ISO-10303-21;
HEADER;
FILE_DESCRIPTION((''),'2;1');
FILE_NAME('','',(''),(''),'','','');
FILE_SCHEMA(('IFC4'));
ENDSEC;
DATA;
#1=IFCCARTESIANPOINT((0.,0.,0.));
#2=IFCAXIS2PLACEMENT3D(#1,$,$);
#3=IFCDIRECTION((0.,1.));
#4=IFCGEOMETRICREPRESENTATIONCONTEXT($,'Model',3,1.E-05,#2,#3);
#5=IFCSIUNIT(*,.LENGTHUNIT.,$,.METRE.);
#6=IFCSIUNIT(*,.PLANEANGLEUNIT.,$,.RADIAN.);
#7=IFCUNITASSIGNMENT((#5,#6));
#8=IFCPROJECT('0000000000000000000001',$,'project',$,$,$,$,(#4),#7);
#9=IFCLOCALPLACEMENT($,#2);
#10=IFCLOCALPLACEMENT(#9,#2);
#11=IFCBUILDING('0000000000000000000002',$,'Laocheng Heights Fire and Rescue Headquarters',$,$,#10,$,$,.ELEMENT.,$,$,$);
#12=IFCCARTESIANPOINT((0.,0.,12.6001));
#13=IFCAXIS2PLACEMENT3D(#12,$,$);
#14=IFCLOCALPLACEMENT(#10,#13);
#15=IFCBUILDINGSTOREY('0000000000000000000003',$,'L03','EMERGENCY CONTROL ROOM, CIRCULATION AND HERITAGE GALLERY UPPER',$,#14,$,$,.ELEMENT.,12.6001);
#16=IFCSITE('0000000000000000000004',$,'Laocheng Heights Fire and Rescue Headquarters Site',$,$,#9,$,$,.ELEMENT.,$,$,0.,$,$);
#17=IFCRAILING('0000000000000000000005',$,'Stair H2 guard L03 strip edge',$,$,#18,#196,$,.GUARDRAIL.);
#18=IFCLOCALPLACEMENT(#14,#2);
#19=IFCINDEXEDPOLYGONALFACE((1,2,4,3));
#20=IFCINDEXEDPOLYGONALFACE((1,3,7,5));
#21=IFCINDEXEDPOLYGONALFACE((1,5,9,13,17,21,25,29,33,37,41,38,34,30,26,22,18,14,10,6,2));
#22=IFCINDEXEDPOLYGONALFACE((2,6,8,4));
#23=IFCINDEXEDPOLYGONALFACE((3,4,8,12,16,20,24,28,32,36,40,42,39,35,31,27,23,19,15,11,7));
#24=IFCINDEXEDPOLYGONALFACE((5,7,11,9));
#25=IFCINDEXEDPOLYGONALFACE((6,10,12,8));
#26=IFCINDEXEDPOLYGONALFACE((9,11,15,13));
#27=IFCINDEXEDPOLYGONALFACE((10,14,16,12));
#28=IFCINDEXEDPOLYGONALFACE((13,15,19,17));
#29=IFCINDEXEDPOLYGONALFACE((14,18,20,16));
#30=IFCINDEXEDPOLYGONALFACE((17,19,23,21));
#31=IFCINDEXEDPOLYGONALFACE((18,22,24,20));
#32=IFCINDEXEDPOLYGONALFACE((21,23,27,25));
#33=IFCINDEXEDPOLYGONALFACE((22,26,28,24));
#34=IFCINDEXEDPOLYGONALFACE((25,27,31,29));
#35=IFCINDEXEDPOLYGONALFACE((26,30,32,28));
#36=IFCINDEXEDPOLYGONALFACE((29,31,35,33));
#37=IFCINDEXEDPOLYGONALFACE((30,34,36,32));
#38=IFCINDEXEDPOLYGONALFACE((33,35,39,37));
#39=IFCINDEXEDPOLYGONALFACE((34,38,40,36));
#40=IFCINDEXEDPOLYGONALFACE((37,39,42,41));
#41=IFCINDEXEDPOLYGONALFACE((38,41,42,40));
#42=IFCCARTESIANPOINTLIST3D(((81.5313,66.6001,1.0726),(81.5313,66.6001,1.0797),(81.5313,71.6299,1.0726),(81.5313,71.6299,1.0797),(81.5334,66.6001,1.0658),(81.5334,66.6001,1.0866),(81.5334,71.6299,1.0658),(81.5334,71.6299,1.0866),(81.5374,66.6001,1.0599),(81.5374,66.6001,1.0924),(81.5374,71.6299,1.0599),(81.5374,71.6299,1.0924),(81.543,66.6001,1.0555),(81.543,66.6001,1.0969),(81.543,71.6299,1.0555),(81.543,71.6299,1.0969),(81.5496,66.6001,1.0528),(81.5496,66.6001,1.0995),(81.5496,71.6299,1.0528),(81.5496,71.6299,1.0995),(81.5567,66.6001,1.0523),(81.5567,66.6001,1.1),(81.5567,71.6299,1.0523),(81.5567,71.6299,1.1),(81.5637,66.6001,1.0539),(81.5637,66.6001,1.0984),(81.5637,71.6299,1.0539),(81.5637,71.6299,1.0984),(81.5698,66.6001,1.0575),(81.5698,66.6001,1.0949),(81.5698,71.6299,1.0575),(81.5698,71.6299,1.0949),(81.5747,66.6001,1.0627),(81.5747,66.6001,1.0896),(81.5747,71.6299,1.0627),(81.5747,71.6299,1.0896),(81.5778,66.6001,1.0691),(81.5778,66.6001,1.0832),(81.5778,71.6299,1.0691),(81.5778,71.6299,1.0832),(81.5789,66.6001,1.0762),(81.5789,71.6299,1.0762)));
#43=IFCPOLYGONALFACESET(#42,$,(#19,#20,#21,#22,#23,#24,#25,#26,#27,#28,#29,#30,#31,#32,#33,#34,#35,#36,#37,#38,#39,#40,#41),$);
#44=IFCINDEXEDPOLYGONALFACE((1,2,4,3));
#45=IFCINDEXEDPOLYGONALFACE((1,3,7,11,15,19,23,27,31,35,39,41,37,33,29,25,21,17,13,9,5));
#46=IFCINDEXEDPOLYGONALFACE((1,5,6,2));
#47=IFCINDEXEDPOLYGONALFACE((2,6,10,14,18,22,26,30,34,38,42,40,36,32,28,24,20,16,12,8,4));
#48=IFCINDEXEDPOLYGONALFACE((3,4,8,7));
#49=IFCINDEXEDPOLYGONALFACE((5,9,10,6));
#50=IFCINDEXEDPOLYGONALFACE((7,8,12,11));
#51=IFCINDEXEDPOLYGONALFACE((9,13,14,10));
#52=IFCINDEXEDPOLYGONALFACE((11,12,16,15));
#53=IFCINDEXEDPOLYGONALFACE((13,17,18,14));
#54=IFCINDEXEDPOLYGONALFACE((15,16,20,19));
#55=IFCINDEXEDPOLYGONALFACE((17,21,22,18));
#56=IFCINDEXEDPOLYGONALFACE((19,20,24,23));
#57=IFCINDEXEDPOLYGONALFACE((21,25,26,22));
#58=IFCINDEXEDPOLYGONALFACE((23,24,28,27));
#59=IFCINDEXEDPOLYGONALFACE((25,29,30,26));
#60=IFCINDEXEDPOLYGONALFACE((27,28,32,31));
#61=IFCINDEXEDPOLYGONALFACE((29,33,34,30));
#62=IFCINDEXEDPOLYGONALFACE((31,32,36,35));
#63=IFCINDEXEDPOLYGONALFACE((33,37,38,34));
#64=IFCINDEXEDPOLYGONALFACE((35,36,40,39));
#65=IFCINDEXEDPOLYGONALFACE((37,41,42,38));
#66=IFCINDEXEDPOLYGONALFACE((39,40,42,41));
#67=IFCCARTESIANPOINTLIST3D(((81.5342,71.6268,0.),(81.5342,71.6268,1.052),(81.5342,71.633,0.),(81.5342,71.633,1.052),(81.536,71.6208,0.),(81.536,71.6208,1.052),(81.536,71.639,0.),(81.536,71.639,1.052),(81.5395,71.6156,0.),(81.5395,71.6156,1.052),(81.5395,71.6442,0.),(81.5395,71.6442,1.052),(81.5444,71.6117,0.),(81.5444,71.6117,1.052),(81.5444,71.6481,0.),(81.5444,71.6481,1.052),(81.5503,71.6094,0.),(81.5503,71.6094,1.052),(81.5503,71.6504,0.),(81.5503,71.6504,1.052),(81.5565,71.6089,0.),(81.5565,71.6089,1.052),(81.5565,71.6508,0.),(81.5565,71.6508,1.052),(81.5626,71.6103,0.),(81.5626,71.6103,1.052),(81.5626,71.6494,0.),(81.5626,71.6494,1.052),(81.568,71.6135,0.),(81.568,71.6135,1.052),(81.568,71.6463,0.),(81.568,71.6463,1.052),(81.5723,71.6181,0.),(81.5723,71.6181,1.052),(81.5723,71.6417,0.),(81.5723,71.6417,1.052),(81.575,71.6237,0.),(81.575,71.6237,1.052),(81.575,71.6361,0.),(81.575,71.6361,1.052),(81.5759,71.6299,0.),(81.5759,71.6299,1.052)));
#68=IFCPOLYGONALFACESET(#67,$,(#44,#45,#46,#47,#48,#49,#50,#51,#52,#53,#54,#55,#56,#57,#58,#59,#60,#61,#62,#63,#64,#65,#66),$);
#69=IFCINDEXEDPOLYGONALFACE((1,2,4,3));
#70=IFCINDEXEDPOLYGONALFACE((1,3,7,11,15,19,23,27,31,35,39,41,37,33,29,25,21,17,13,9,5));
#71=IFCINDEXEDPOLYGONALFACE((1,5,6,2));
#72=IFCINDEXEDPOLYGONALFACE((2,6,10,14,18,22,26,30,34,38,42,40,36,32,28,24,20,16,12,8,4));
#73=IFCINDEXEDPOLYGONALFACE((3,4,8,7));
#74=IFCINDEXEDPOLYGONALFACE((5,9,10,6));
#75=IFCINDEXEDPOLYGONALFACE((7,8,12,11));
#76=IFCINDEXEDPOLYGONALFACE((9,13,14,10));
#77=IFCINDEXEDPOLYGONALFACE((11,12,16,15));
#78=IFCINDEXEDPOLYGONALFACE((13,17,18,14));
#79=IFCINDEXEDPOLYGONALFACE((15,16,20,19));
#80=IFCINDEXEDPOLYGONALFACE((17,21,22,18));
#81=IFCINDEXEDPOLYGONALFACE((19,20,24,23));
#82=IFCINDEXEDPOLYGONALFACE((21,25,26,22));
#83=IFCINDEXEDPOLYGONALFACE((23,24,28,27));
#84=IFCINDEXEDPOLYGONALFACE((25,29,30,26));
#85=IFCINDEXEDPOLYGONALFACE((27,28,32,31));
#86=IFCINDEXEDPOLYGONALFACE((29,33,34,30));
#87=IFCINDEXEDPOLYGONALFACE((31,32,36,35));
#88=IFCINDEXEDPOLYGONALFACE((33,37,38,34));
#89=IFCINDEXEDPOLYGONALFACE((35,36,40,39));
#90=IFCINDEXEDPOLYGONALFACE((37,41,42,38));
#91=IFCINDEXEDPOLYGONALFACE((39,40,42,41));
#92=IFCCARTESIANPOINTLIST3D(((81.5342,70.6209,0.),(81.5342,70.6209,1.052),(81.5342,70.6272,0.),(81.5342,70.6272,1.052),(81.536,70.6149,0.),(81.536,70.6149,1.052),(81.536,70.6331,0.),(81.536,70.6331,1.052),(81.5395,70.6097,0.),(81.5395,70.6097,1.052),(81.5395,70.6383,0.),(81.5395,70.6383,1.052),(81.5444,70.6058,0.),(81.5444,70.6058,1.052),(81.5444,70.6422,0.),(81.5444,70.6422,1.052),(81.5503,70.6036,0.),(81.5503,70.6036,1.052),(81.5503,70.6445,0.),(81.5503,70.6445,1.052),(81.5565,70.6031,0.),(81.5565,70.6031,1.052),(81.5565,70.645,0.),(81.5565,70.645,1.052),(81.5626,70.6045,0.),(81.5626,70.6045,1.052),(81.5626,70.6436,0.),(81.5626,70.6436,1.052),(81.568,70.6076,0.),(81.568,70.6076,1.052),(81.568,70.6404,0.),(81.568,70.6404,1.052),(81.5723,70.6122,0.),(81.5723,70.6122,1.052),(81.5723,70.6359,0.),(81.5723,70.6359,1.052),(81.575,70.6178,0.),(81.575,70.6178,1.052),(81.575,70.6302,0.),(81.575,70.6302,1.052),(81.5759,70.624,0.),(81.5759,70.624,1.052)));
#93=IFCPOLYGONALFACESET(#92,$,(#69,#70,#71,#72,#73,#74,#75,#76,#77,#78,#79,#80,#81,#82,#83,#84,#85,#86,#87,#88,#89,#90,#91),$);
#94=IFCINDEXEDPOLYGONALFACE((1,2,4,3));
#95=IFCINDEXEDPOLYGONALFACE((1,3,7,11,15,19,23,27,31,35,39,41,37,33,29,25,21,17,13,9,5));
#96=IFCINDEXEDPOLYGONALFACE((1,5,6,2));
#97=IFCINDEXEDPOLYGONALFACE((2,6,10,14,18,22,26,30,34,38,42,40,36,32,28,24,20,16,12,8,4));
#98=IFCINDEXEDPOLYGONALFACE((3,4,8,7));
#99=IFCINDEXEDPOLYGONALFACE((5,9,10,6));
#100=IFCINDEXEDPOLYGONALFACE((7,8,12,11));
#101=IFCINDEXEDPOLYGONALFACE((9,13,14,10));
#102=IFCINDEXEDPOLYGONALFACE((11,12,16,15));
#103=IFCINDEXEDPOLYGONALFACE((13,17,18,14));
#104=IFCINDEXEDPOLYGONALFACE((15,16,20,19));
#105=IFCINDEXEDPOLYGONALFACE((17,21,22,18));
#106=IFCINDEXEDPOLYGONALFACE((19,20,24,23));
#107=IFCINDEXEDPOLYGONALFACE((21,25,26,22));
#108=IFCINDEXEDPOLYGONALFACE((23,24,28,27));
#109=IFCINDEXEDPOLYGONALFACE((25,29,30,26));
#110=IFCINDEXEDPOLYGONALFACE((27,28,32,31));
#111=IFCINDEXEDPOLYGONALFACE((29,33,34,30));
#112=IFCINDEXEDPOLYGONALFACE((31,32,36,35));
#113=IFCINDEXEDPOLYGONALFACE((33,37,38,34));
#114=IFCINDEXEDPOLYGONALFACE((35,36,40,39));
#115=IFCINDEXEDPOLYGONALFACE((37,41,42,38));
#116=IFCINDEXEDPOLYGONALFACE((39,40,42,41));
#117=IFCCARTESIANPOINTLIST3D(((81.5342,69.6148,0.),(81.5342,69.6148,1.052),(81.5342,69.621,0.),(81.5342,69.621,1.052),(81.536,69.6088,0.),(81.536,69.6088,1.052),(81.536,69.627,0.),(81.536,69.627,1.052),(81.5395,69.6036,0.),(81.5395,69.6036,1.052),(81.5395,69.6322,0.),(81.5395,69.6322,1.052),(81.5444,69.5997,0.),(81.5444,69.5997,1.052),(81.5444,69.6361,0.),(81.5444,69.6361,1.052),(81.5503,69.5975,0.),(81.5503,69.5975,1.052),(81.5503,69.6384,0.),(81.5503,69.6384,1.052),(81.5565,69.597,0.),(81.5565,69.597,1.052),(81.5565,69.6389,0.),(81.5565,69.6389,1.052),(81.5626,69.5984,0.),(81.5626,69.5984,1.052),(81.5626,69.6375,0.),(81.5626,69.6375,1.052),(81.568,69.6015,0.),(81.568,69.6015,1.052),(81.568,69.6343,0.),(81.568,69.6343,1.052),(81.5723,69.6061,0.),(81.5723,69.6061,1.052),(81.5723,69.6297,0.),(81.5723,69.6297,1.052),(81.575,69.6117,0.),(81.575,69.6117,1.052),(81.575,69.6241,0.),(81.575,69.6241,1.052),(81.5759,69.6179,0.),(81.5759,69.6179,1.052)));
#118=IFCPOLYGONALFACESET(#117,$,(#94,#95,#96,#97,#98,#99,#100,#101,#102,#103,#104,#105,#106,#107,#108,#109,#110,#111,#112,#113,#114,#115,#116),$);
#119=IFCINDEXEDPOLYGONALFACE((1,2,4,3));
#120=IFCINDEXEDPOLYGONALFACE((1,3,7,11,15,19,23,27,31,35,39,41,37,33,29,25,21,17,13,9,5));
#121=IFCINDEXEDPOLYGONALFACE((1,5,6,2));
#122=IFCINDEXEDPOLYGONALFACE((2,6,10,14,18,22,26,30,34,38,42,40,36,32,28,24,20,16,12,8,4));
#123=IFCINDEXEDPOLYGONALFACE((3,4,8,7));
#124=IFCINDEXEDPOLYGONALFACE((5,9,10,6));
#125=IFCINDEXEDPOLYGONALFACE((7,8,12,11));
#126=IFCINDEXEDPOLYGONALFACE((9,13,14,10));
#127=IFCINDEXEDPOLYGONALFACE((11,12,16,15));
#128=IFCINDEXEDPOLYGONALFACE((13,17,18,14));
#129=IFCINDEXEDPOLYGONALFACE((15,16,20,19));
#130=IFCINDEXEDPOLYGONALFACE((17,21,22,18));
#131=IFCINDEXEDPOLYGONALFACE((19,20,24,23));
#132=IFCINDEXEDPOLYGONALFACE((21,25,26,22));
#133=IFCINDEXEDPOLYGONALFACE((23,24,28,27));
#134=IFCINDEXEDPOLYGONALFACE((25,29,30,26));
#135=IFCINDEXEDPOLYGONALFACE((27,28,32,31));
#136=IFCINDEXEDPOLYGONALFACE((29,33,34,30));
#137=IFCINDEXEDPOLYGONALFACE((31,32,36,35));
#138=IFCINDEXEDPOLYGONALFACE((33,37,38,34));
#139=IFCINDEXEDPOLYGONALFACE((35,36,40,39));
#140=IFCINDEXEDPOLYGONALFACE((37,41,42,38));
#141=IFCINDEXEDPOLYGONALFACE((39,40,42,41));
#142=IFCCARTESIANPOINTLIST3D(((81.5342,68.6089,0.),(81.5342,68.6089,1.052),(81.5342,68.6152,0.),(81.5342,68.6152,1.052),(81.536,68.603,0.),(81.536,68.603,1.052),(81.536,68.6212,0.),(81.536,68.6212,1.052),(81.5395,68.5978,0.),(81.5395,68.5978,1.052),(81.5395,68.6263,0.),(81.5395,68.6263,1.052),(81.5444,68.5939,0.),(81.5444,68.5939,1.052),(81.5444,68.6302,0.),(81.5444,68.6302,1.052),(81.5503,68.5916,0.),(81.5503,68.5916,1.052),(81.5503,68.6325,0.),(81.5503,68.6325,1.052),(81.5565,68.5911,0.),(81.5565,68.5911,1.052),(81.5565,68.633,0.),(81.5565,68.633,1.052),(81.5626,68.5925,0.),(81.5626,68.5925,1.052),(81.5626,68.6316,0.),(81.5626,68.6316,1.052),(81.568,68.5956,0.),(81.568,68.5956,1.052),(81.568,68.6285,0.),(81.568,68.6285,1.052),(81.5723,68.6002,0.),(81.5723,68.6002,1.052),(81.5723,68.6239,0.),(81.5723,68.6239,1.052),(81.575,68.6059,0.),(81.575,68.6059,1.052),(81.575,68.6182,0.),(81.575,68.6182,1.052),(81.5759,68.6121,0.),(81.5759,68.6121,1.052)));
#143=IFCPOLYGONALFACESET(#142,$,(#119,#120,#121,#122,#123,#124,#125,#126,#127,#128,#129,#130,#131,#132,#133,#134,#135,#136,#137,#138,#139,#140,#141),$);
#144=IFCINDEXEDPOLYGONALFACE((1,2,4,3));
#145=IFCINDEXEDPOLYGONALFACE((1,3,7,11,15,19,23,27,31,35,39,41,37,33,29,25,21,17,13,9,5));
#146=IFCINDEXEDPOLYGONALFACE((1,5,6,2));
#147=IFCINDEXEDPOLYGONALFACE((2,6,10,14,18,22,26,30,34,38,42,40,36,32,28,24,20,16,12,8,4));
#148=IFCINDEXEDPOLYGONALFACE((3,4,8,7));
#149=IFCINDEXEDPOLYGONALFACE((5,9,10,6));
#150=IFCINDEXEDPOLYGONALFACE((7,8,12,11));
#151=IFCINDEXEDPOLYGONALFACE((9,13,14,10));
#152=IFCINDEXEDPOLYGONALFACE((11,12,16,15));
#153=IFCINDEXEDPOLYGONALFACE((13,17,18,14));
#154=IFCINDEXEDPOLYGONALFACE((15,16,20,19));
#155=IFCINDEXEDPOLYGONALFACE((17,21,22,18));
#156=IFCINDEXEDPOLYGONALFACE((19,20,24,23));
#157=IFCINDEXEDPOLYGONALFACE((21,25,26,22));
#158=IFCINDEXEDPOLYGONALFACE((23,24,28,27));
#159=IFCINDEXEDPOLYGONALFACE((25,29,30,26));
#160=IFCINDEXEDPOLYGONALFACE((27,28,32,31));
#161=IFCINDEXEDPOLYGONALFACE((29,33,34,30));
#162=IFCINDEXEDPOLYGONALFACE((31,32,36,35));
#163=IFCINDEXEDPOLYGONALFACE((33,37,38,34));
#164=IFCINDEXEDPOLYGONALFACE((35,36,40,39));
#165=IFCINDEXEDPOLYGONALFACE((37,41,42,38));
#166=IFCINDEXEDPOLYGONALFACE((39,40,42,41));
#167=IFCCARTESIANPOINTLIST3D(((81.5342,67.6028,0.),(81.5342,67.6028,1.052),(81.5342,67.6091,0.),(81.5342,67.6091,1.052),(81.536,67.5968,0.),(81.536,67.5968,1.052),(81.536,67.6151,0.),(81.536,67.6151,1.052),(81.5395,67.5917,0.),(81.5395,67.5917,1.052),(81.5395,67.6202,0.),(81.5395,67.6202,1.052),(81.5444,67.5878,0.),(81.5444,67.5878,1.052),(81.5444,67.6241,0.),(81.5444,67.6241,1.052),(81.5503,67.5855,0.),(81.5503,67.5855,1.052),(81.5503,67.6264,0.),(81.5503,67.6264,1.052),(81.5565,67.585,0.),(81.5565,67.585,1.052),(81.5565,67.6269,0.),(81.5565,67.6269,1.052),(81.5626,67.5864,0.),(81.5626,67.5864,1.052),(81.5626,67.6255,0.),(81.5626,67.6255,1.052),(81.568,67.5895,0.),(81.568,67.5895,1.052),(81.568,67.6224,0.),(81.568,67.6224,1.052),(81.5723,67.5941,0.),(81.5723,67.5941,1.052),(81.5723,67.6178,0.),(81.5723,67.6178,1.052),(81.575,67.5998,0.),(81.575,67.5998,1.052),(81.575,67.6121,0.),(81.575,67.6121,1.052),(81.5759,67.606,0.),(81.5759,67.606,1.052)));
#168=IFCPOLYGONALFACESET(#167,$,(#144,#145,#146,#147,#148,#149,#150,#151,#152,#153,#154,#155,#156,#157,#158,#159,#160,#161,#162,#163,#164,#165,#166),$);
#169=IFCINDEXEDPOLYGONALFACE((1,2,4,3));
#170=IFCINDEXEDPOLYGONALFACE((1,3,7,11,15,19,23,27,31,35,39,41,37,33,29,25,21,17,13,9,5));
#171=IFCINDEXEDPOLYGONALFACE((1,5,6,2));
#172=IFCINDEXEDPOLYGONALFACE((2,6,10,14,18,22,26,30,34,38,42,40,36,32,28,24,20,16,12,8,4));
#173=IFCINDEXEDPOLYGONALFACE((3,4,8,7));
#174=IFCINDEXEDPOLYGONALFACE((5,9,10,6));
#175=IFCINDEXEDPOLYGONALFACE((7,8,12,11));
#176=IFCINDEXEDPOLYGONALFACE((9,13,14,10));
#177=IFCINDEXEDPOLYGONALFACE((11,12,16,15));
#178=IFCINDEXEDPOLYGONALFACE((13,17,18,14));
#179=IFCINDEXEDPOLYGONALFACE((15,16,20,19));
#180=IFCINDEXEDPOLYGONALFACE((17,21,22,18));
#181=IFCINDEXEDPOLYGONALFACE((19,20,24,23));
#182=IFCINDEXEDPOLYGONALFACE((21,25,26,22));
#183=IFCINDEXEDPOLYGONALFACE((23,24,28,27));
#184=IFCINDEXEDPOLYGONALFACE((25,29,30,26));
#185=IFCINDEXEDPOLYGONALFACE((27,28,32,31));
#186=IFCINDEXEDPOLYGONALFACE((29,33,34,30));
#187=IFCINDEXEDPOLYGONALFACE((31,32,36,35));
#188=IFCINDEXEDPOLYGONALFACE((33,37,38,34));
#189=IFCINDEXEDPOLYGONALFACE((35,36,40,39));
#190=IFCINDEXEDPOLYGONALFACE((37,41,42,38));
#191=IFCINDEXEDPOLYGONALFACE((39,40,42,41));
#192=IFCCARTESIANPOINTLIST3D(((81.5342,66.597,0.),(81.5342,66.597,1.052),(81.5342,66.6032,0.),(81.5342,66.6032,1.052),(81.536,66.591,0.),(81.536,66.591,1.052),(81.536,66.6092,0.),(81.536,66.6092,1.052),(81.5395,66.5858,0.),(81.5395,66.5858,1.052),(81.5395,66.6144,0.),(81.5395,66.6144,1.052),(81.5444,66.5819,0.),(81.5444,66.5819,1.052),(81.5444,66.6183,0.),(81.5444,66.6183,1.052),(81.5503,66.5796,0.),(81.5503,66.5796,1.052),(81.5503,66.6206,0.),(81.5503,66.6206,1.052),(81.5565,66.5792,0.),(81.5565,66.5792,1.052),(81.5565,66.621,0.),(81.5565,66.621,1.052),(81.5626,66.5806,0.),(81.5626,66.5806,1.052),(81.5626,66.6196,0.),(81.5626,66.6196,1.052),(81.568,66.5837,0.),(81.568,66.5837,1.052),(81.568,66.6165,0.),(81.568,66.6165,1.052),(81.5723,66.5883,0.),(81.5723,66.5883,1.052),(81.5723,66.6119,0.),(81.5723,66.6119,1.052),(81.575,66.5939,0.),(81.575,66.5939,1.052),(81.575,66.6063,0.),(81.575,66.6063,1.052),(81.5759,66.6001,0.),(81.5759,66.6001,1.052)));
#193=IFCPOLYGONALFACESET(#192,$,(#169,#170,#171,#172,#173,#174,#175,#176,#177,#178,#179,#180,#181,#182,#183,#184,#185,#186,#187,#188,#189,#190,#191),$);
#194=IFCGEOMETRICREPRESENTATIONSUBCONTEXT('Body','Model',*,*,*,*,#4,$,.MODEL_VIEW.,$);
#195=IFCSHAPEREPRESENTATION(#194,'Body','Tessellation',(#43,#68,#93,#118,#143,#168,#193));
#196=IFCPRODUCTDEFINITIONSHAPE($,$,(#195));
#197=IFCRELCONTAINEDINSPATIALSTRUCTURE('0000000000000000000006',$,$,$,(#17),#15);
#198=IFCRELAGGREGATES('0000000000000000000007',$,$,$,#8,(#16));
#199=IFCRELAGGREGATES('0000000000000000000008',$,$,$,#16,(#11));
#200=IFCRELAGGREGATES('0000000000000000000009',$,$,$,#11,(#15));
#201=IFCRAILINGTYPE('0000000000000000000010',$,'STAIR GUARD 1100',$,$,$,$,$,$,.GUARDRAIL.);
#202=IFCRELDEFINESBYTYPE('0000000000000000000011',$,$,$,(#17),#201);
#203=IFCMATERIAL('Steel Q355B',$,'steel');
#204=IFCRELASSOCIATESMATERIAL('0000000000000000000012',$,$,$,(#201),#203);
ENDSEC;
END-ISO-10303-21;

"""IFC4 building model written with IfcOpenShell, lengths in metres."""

from ifc_helpers import new_model, si_unit, direction, frame, origin, origin_2d, place, context, subcontext, project, spatial, circle, extrude, material, type_object, element, save


model = new_model("IFC4")

# Units and contexts
model_context = context("Model", 3, precision=1e-05, world=origin(), true_north=direction((0.0, 1.0)))
body_context = subcontext(model_context, "Body", "Model", "MODEL_VIEW")
ifc_project = project(units=[si_unit("LENGTHUNIT", "METRE"), si_unit("PLANEANGLEUNIT", "RADIAN")], contexts=[model_context])

# Site, building, storey
site_placement = place(None, origin())
site = spatial("IfcSite", under=ifc_project, at=site_placement, Name="Laocheng Heights Fire and Rescue Headquarters Site", CompositionType="ELEMENT", RefElevation=0.0)
building_placement = place(site_placement, origin())
building = spatial("IfcBuilding", under=site, at=building_placement, Name="Laocheng Heights Fire and Rescue Headquarters", CompositionType="ELEMENT")
storey_placement = place(building_placement, frame((0.0, 0.0, 12.6001)))
storey = spatial("IfcBuildingStorey", under=building, at=storey_placement, Name="L03", Description="EMERGENCY CONTROL ROOM, CIRCULATION AND HERITAGE GALLERY UPPER", CompositionType="ELEMENT", Elevation=12.6001)

# Railing
ifc_material_1 = material(Name="Steel Q355B", Category="steel")
railing_type_1 = type_object("IfcRailingType", Name="STAIR GUARD 1100", PredefinedType="GUARDRAIL", material=ifc_material_1)
railing_1_placement = place(storey_placement, frame((81.5549, 71.6299, 0.0)))
element("IfcRailing", 1, at=railing_1_placement, inside=storey, type_object=railing_type_1, Name="Stair H2 guard L03 strip edge", PredefinedType="GUARDRAIL", context=body_context, shape_type="SweptSolid", body=[
    extrude(circle(Radius=0.0239, at=origin_2d()), frame((0.0, 0.0, 1.0762), z_axis=(0.0, -1.0, 0.0), x_axis=(1.0, 0.0, 0.0)), (0.0, 0.0, 1.0), 5.0298),
    extrude(circle(Radius=0.021, at=origin_2d()), origin(), (0.0, 0.0, 1.0), 1.052),
    extrude(circle(Radius=0.021, at=origin_2d()), frame((0.0, -1.0059, 0.0)), (0.0, 0.0, 1.0), 1.052),
    extrude(circle(Radius=0.021, at=origin_2d()), frame((0.0, -2.012, 0.0)), (0.0, 0.0, 1.0), 1.052),
    extrude(circle(Radius=0.021, at=origin_2d()), frame((0.0, -3.0178, 0.0)), (0.0, 0.0, 1.0), 1.052),
    extrude(circle(Radius=0.021, at=origin_2d()), frame((0.0, -4.0239, 0.0)), (0.0, 0.0, 1.0), 1.052),
    extrude(circle(Radius=0.021, at=origin_2d()), frame((0.0, -5.0298, 0.0)), (0.0, 0.0, 1.0), 1.052),
])

save(model, "model.ifc")
